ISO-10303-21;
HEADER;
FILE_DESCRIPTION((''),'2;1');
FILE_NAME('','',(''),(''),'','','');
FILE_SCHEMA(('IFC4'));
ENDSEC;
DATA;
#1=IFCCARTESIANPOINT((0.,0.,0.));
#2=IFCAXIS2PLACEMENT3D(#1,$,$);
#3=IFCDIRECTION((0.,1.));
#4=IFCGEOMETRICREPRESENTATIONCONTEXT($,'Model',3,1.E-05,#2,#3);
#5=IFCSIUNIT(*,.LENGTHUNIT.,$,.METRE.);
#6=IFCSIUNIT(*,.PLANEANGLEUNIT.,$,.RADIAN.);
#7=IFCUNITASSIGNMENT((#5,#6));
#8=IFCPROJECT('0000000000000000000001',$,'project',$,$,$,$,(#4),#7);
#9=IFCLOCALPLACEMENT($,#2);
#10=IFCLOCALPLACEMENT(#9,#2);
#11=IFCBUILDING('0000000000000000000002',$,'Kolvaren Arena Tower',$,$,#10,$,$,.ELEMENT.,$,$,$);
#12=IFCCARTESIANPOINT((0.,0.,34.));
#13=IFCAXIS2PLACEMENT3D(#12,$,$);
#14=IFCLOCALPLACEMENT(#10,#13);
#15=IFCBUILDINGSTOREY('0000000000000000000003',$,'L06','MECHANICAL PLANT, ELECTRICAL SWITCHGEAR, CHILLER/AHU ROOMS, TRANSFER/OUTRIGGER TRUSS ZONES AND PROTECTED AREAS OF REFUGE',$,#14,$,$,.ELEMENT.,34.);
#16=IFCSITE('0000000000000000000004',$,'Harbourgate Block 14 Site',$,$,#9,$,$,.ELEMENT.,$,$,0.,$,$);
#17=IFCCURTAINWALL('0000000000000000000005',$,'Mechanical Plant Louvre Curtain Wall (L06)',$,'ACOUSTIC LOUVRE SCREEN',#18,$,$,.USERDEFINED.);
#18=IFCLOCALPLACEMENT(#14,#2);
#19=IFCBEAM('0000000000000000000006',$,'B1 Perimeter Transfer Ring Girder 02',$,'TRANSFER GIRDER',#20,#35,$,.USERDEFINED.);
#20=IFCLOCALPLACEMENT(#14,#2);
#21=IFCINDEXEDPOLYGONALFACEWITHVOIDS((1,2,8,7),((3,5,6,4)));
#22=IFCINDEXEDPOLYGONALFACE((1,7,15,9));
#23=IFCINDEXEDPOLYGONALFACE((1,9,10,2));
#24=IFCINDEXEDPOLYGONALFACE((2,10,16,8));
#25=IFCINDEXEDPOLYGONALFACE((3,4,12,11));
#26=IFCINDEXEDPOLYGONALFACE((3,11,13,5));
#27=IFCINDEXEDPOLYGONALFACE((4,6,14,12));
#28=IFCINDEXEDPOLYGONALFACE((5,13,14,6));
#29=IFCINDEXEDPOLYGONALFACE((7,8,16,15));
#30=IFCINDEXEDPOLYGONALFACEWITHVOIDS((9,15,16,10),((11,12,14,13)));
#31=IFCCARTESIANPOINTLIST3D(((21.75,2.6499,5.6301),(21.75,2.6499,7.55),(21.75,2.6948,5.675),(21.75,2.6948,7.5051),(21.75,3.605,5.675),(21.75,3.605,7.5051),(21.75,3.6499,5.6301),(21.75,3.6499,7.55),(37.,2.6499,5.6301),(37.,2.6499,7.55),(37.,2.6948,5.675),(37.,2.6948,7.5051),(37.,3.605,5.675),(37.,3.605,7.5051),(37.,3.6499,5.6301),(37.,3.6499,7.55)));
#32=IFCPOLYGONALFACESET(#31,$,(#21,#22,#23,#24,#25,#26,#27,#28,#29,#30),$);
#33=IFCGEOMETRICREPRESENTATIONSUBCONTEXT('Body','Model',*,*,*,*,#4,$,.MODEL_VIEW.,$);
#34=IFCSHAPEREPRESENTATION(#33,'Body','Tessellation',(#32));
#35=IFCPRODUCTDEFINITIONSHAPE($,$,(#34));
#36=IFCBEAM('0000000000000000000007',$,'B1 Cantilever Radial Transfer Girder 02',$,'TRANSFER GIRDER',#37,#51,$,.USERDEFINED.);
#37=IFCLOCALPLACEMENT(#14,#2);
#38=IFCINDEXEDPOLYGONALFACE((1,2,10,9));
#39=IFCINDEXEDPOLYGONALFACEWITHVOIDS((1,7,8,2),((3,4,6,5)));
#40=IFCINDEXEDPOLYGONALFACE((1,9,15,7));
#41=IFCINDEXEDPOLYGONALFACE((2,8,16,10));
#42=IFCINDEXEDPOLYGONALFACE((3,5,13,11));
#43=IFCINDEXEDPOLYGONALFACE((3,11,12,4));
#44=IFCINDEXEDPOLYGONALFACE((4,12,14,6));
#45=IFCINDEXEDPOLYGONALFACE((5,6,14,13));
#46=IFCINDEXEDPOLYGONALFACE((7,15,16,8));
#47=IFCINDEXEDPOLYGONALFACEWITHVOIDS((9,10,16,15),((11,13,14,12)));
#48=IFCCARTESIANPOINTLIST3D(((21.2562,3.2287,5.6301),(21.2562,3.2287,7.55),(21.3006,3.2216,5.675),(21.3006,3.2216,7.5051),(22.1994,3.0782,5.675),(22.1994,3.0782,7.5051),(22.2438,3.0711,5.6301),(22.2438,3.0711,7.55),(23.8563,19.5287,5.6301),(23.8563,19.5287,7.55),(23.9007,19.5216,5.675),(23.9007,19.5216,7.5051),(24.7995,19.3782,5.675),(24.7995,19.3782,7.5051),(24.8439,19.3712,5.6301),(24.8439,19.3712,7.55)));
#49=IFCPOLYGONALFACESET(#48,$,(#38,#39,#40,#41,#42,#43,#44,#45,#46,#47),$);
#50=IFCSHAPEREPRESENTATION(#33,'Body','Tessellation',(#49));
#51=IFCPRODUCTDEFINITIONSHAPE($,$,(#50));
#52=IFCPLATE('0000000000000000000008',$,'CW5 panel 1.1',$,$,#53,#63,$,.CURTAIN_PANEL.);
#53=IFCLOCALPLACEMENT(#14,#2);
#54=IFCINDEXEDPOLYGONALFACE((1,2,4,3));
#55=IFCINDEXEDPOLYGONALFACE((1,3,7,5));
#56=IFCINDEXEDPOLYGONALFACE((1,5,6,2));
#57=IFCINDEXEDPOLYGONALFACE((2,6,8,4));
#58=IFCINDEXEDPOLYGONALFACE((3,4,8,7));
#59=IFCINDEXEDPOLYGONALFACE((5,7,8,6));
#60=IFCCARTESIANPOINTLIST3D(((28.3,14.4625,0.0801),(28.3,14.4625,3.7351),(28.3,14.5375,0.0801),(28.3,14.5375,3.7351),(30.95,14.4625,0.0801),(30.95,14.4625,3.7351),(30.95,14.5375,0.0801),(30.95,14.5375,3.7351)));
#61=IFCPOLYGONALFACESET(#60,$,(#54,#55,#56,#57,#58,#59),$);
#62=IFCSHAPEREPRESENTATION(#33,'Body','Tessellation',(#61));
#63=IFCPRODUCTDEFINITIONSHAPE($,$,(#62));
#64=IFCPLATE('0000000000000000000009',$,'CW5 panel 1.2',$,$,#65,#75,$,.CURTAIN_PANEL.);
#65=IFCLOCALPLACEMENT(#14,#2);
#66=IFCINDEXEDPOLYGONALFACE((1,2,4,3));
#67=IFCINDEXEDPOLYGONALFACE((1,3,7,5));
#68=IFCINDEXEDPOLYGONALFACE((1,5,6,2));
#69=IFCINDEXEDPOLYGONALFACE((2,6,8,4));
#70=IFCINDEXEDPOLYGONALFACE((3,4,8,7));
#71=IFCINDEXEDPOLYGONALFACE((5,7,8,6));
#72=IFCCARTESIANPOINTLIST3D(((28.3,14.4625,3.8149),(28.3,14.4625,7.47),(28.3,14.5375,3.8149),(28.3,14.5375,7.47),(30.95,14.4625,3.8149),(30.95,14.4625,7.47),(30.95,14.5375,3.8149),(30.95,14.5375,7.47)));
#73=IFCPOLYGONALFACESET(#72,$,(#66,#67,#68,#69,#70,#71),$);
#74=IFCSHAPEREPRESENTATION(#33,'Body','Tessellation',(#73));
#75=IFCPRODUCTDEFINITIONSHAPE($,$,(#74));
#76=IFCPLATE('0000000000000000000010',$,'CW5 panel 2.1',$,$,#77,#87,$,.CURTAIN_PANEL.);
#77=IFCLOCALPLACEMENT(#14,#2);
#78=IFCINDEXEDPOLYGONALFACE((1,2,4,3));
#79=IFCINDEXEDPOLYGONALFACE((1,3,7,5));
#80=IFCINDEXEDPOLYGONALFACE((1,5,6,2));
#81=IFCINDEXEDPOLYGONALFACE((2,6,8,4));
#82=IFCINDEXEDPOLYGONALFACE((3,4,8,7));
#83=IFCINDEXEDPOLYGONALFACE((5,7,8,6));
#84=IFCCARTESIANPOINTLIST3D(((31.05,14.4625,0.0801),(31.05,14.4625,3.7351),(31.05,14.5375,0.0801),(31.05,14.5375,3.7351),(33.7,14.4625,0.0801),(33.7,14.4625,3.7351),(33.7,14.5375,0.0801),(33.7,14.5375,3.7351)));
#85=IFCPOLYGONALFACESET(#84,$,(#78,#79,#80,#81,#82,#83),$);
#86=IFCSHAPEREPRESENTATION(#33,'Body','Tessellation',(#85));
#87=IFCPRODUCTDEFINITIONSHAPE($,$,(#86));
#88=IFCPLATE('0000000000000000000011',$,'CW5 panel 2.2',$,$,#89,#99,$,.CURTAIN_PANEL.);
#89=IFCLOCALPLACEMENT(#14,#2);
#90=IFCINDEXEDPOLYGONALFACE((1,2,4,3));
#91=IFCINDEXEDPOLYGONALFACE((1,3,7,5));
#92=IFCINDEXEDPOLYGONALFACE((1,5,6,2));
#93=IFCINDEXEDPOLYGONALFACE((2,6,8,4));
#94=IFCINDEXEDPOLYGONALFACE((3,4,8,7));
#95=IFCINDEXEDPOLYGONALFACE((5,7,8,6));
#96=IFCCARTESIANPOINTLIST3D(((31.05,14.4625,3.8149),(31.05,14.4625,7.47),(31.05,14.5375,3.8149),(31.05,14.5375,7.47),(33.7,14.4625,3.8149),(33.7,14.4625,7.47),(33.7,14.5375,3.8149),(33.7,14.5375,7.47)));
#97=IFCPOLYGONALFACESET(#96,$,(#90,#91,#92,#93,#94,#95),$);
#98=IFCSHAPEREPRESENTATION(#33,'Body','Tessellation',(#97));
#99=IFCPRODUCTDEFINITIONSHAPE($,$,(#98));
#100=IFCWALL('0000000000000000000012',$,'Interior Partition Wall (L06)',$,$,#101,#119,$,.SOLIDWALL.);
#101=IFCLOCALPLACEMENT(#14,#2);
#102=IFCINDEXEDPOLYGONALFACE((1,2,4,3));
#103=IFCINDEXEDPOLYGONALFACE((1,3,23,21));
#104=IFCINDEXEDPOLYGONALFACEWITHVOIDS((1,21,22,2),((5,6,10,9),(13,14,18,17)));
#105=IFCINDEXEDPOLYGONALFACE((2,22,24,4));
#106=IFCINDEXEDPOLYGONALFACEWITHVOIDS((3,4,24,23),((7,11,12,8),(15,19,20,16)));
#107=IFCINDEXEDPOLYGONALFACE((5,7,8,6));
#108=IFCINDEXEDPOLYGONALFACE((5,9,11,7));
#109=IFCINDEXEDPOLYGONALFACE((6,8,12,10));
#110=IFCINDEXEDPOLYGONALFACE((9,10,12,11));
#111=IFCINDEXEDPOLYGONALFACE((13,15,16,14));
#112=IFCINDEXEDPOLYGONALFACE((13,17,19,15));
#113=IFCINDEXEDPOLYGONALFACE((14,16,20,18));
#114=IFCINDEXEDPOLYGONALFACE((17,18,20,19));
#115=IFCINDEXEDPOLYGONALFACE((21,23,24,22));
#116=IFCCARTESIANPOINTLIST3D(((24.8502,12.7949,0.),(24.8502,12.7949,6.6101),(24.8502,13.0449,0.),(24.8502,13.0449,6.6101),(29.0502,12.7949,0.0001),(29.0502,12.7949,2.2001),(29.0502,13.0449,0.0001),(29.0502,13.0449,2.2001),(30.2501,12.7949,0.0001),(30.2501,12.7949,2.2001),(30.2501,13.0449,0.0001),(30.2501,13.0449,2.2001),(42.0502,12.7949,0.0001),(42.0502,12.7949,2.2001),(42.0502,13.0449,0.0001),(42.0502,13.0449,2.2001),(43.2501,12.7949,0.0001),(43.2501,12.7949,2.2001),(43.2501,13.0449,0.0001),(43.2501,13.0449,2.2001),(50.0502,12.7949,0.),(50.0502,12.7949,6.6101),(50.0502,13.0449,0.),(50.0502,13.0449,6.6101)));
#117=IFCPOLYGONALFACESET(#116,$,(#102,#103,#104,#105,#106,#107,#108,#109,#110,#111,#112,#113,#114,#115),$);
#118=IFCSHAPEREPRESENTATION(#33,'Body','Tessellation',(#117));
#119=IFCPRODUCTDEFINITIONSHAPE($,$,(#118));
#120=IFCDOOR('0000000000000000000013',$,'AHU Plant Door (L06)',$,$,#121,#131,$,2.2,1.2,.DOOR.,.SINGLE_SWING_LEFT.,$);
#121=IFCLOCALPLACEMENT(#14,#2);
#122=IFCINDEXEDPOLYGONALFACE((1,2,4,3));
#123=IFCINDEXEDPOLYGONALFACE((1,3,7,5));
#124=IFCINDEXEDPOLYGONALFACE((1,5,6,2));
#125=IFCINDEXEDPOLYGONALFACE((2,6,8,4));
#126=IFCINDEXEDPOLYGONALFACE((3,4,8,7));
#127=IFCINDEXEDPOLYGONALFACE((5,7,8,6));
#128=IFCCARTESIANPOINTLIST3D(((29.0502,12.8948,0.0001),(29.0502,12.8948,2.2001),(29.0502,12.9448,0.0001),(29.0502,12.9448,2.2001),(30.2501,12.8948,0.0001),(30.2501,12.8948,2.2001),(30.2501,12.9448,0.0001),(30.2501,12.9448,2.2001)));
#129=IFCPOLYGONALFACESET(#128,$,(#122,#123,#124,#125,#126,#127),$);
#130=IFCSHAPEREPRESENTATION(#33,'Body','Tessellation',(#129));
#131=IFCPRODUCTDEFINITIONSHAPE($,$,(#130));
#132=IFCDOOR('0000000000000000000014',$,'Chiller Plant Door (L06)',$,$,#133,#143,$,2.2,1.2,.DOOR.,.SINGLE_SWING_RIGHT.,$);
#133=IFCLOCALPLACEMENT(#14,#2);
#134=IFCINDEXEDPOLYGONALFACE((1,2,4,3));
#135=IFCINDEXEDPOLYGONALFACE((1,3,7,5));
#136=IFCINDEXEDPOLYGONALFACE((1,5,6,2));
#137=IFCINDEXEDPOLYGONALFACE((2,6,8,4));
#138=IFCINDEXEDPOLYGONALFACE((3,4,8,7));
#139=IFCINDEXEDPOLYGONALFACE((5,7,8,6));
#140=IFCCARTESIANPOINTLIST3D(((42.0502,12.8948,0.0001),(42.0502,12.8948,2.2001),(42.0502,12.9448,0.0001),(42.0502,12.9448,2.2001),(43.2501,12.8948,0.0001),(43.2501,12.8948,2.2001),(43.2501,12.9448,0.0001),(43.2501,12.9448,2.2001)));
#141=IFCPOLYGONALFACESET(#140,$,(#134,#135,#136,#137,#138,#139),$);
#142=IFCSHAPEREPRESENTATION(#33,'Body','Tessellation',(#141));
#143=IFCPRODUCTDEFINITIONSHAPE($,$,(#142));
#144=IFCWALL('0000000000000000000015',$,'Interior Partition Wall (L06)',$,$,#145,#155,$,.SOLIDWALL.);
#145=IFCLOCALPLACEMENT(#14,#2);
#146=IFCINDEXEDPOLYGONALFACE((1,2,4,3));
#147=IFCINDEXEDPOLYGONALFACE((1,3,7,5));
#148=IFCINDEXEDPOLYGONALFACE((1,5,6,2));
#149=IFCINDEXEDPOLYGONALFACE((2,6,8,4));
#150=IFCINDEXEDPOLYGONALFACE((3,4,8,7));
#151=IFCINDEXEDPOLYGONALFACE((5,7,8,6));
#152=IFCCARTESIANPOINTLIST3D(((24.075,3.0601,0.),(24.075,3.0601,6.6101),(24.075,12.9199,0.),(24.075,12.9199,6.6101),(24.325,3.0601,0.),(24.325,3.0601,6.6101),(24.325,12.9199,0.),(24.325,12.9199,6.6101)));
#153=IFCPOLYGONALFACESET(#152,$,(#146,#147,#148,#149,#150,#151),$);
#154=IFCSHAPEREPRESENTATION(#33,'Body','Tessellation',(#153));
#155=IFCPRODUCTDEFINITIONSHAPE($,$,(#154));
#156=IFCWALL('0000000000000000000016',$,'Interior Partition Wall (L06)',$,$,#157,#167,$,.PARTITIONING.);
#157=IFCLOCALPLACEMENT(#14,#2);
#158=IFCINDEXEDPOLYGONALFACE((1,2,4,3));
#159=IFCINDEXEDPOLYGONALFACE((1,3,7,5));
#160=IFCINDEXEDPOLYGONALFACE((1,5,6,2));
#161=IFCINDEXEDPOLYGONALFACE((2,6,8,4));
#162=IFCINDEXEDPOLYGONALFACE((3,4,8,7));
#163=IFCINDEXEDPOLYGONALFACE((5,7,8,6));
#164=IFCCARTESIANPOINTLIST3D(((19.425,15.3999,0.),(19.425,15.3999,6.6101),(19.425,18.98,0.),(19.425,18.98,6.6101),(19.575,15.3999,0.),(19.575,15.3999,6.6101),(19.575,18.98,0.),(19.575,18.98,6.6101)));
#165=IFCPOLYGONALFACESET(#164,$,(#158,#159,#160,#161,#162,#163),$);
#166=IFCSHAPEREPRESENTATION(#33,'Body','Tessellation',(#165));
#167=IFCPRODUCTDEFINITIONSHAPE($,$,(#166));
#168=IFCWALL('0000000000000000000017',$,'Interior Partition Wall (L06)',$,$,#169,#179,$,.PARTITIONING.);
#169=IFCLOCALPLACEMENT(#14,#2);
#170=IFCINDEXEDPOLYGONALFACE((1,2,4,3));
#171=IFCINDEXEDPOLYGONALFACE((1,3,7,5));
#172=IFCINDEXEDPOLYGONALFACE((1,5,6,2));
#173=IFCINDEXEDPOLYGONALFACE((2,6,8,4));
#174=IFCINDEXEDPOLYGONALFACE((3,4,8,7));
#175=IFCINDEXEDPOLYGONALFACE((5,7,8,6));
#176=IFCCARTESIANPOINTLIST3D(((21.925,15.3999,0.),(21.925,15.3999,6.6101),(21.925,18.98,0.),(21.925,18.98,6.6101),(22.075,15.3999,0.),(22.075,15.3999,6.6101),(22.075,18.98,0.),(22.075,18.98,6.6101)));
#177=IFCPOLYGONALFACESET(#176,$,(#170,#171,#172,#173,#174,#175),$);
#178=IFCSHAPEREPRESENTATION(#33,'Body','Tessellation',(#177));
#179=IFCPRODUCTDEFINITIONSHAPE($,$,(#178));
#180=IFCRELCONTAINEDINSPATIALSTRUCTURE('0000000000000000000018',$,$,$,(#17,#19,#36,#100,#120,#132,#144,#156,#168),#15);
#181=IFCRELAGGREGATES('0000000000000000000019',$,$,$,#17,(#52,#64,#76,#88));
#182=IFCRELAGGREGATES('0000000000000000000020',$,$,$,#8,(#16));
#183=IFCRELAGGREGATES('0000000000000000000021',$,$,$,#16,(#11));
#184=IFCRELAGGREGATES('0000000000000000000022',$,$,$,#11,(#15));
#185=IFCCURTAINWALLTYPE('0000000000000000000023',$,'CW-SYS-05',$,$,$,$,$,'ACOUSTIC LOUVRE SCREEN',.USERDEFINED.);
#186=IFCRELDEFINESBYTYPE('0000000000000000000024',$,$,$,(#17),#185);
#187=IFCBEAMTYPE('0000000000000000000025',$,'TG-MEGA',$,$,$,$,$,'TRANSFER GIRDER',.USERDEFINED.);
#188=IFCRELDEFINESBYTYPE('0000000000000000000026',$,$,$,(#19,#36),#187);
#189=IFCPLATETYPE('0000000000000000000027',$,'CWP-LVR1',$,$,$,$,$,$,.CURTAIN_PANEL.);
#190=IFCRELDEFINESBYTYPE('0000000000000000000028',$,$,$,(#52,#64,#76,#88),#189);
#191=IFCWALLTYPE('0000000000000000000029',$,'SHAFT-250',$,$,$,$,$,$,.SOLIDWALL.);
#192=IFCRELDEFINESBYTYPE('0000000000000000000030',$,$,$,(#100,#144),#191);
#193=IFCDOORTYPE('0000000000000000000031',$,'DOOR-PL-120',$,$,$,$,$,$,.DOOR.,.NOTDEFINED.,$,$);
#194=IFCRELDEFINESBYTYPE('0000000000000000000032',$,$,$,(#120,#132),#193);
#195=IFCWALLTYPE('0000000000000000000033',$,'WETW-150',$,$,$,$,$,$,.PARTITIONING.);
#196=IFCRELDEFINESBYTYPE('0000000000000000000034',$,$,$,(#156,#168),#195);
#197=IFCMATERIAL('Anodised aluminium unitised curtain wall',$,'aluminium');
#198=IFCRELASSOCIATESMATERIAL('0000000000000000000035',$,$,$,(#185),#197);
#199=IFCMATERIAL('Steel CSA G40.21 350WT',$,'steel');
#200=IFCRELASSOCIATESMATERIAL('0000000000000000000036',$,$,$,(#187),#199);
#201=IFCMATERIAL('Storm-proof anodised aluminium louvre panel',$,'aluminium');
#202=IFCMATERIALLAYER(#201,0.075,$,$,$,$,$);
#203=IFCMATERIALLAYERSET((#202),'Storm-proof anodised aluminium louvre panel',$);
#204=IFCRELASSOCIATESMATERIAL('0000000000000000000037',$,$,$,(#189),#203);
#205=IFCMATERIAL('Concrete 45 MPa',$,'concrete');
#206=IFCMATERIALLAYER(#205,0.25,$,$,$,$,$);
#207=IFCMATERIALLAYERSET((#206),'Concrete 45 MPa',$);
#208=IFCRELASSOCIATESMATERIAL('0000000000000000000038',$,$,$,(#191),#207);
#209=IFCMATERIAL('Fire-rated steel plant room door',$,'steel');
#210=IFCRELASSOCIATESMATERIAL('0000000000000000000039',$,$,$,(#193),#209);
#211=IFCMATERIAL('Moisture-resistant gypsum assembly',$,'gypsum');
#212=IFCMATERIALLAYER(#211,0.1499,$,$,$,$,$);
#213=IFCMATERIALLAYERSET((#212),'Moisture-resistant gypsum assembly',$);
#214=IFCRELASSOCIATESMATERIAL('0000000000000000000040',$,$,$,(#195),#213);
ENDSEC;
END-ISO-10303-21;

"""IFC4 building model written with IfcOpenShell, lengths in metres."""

from ifc_helpers import new_model, si_unit, direction, frame, frame_2d, origin, origin_2d, place, context, subcontext, project, spatial, rectangle, hollow_rectangle, extrude, material, layer, layer_set, material_profile, profile_set, type_object, element, fill, aggregate, save


model = new_model("IFC4")

# Units and contexts
model_context = context("Model", 3, precision=1e-05, world=origin(), true_north=direction((0.0, 1.0)))
body_context = subcontext(model_context, "Body", "Model", "MODEL_VIEW")
ifc_project = project(units=[si_unit("LENGTHUNIT", "METRE"), si_unit("PLANEANGLEUNIT", "RADIAN")], contexts=[model_context])

# Site, building, storey
site_placement = place(None, origin())
site = spatial("IfcSite", under=ifc_project, at=site_placement, Name="Harbourgate Block 14 Site", CompositionType="ELEMENT", RefElevation=0.0)
building_placement = place(site_placement, origin())
building = spatial("IfcBuilding", under=site, at=building_placement, Name="Kolvaren Arena Tower", CompositionType="ELEMENT")
storey_placement = place(building_placement, frame((0.0, 0.0, 34.0)))
storey = spatial("IfcBuildingStorey", under=building, at=storey_placement, Name="L06", Description="MECHANICAL PLANT, ELECTRICAL SWITCHGEAR, CHILLER/AHU ROOMS, TRANSFER/OUTRIGGER TRUSS ZONES AND PROTECTED AREAS OF REFUGE", CompositionType="ELEMENT", Elevation=34.0)

# Curtain wall
ifc_material_1 = material(Name="Anodised aluminium unitised curtain wall", Category="aluminium")
curtain_wall_type = type_object("IfcCurtainWallType", Name="CW-SYS-05", ElementType="ACOUSTIC LOUVRE SCREEN", PredefinedType="USERDEFINED", material=ifc_material_1)
curtain_wall_placement = place(storey_placement, origin())
curtain_wall = element("IfcCurtainWall", 1, at=curtain_wall_placement, inside=storey, type_object=curtain_wall_type, Name="Mechanical Plant Louvre Curtain Wall (L06)", ObjectType="ACOUSTIC LOUVRE SCREEN", PredefinedType="USERDEFINED")

# Shared definitions
ifc_material_2 = material(Name="Steel CSA G40.21 350WT", Category="steel")

# Beams
ifc_material_profile_1 = material_profile(ifc_material_2, hollow_rectangle(XDim=1.0, YDim=1.9199, WallThickness=0.0449, at=origin_2d()), Name="BOX 1000x1920x45")
ifc_profile_set_1 = profile_set([ifc_material_profile_1], Name="Steel CSA G40.21 350WT")
beam_type_1 = type_object("IfcBeamType", Name="TG-MEGA", ElementType="TRANSFER GIRDER", PredefinedType="USERDEFINED", material=ifc_profile_set_1)
beam_1_placement = place(storey_placement, frame((21.75, 3.1499, 6.5901), z_axis=(1.0, 0.0, 0.0), x_axis=(0.0, 1.0, 0.0)))
element("IfcBeam", 2, at=beam_1_placement, inside=storey, type_object=beam_type_1, Name="B1 Perimeter Transfer Ring Girder 02", ObjectType="TRANSFER GIRDER", PredefinedType="USERDEFINED", context=body_context, shape_type="SweptSolid", body=[
    extrude(hollow_rectangle(XDim=1.0, YDim=1.9199, WallThickness=0.0449, at=origin_2d()), origin(), (0.0, 0.0, 1.0), 15.25),
])
beam_2_placement = place(storey_placement, frame((21.75, 3.1499, 6.5901), z_axis=(0.157523, 0.987515, 0.0), x_axis=(-0.987515, 0.157523, 0.0)))
element("IfcBeam", 3, at=beam_2_placement, inside=storey, type_object=beam_type_1, Name="B1 Cantilever Radial Transfer Girder 02", ObjectType="TRANSFER GIRDER", PredefinedType="USERDEFINED", context=body_context, shape_type="SweptSolid", body=[
    extrude(hollow_rectangle(XDim=1.0, YDim=1.9199, WallThickness=0.0449, at=origin_2d()), origin(), (0.0, 0.0, 1.0), 16.5061),
])

# Plates
ifc_material_3 = material(Name="Storm-proof anodised aluminium louvre panel", Category="aluminium")
ifc_layer_1 = layer(ifc_material_3, 0.075)
ifc_layer_set_1 = layer_set([ifc_layer_1], Name="Storm-proof anodised aluminium louvre panel")
plate_type = type_object("IfcPlateType", Name="CWP-LVR1", PredefinedType="CURTAIN_PANEL", material=ifc_layer_set_1)
plate_1_placement = place(storey_placement, frame((29.625, 14.5, 0.0801), z_axis=(0.0, 0.0, 1.0), x_axis=(1.0, 0.0, 0.0)))
plate_1 = element("IfcPlate", 4, at=plate_1_placement, type_object=plate_type, Name="CW5 panel 1.1", PredefinedType="CURTAIN_PANEL", context=body_context, shape_type="SweptSolid", body=[
    extrude(rectangle(XDim=2.6499, YDim=0.075, at=origin_2d()), origin(), (0.0, 0.0, 1.0), 3.655),
])
plate_2_placement = place(storey_placement, frame((29.625, 14.5, 3.8149), z_axis=(0.0, 0.0, 1.0), x_axis=(1.0, 0.0, 0.0)))
plate_2 = element("IfcPlate", 5, at=plate_2_placement, type_object=plate_type, Name="CW5 panel 1.2", PredefinedType="CURTAIN_PANEL", context=body_context, shape_type="SweptSolid", body=[
    extrude(rectangle(XDim=2.6499, YDim=0.075, at=origin_2d()), origin(), (0.0, 0.0, 1.0), 3.655),
])
plate_3_placement = place(storey_placement, frame((32.375, 14.5, 0.0801), z_axis=(0.0, 0.0, 1.0), x_axis=(1.0, 0.0, 0.0)))
plate_3 = element("IfcPlate", 6, at=plate_3_placement, type_object=plate_type, Name="CW5 panel 2.1", PredefinedType="CURTAIN_PANEL", context=body_context, shape_type="SweptSolid", body=[
    extrude(rectangle(XDim=2.6499, YDim=0.075, at=origin_2d()), origin(), (0.0, 0.0, 1.0), 3.655),
])
plate_4_placement = place(storey_placement, frame((32.375, 14.5, 3.8149), z_axis=(0.0, 0.0, 1.0), x_axis=(1.0, 0.0, 0.0)))
plate_4 = element("IfcPlate", 7, at=plate_4_placement, type_object=plate_type, Name="CW5 panel 2.2", PredefinedType="CURTAIN_PANEL", context=body_context, shape_type="SweptSolid", body=[
    extrude(rectangle(XDim=2.6499, YDim=0.075, at=origin_2d()), origin(), (0.0, 0.0, 1.0), 3.655),
])
aggregate(curtain_wall, [plate_1, plate_2, plate_3, plate_4])

# Wall, openings, doors
ifc_material_4 = material(Name="Concrete 45 MPa", Category="concrete")
ifc_layer_2 = layer(ifc_material_4, 0.25)
ifc_layer_set_2 = layer_set([ifc_layer_2], Name="Concrete 45 MPa")
wall_type_1 = type_object("IfcWallType", Name="SHAFT-250", PredefinedType="SOLIDWALL", material=ifc_layer_set_2)
wall_1_placement = place(storey_placement, frame((24.8501, 12.9199, 0.0), z_axis=(0.0, 0.0, 1.0), x_axis=(1.0, 0.0, 0.0)))
wall_1 = element("IfcWall", 8, at=wall_1_placement, inside=storey, type_object=wall_type_1, Name="Interior Partition Wall (L06)", PredefinedType="SOLIDWALL", context=body_context, shape_type="SweptSolid", body=[
    extrude(rectangle(XDim=25.2, YDim=0.25, at=frame_2d((12.6001, 0.0))), origin(), (0.0, 0.0, 1.0), 6.6101),
])
opening_1_placement = place(wall_1_placement, frame((4.2, 0.0, 0.0)))
opening_1 = element("IfcOpeningElement", 9, at=opening_1_placement, cuts=wall_1, PredefinedType="OPENING", context=body_context, shape_type="SweptSolid", body=[
    extrude(rectangle(XDim=1.2, YDim=2.2, at=frame_2d((0.6001, 1.1001))), frame((0.0, 0.135, 0.0), z_axis=(0.0, -1.0, 0.0), x_axis=(1.0, 0.0, 0.0)), (0.0, 0.0, 1.0), 0.27),
])
opening_2_placement = place(wall_1_placement, frame((17.2, 0.0, 0.0)))
opening_2 = element("IfcOpeningElement", 10, at=opening_2_placement, cuts=wall_1, PredefinedType="OPENING", context=body_context, shape_type="SweptSolid", body=[
    extrude(rectangle(XDim=1.2, YDim=2.2, at=frame_2d((0.6001, 1.1001))), frame((0.0, 0.135, 0.0), z_axis=(0.0, -1.0, 0.0), x_axis=(1.0, 0.0, 0.0)), (0.0, 0.0, 1.0), 0.27),
])
ifc_material_5 = material(Name="Fire-rated steel plant room door", Category="steel")
door_type = type_object("IfcDoorType", Name="DOOR-PL-120", OperationType="NOTDEFINED", PredefinedType="DOOR", material=ifc_material_5)
door_1_placement = place(opening_1_placement, origin())
door_1 = element("IfcDoor", 11, at=door_1_placement, inside=storey, type_object=door_type, Name="AHU Plant Door (L06)", OperationType="SINGLE_SWING_LEFT", OverallHeight=2.2, OverallWidth=1.2, PredefinedType="DOOR", context=body_context, shape_type="SweptSolid", body=[
    extrude(rectangle(XDim=1.2, YDim=2.2, at=frame_2d((0.6001, 1.1001))), frame((0.0, 0.0249, 0.0), z_axis=(0.0, -1.0, 0.0), x_axis=(1.0, 0.0, 0.0)), (0.0, 0.0, 1.0), 0.05),
])
fill(opening_1, door_1)
door_2_placement = place(opening_2_placement, origin())
door_2 = element("IfcDoor", 12, at=door_2_placement, inside=storey, type_object=door_type, Name="Chiller Plant Door (L06)", OperationType="SINGLE_SWING_RIGHT", OverallHeight=2.2, OverallWidth=1.2, PredefinedType="DOOR", context=body_context, shape_type="SweptSolid", body=[
    extrude(rectangle(XDim=1.2, YDim=2.2, at=frame_2d((0.6001, 1.1001))), frame((0.0, 0.0249, 0.0), z_axis=(0.0, -1.0, 0.0), x_axis=(1.0, 0.0, 0.0)), (0.0, 0.0, 1.0), 0.05),
])
fill(opening_2, door_2)

# Walls
wall_2_placement = place(storey_placement, frame((24.2, 3.0601, 0.0), z_axis=(0.0, 0.0, 1.0), x_axis=(0.0, 1.0, 0.0)))
element("IfcWall", 13, at=wall_2_placement, inside=storey, type_object=wall_type_1, Name="Interior Partition Wall (L06)", PredefinedType="SOLIDWALL", context=body_context, shape_type="SweptSolid", body=[
    extrude(rectangle(XDim=9.8599, YDim=0.25, at=frame_2d((4.9299, 0.0))), origin(), (0.0, 0.0, 1.0), 6.6101),
])
ifc_material_6 = material(Name="Moisture-resistant gypsum assembly", Category="gypsum")
ifc_layer_3 = layer(ifc_material_6, 0.1499)
ifc_layer_set_3 = layer_set([ifc_layer_3], Name="Moisture-resistant gypsum assembly")
wall_type_2 = type_object("IfcWallType", Name="WETW-150", PredefinedType="PARTITIONING", material=ifc_layer_set_3)
for number, where, z_axis, x_axis, name in (
    (14, (19.5, 15.3999, 0.0), (0.0, 0.0, 1.0), (0.0, 1.0, 0.0), "Interior Partition Wall (L06)"),
    (15, (22.0, 15.3999, 0.0), (0.0, 0.0, 1.0), (0.0, 1.0, 0.0), "Interior Partition Wall (L06)"),
):
    element("IfcWall", number, at=place(storey_placement, frame(where, z_axis=z_axis, x_axis=x_axis)), inside=storey, type_object=wall_type_2, Name=name, PredefinedType="PARTITIONING", context=body_context, shape_type="SweptSolid", body=[
        extrude(rectangle(XDim=3.5801, YDim=0.1499, at=frame_2d((1.79, 0.0))), origin(), (0.0, 0.0, 1.0), 6.6101),
    ])

save(model, "model.ifc")
